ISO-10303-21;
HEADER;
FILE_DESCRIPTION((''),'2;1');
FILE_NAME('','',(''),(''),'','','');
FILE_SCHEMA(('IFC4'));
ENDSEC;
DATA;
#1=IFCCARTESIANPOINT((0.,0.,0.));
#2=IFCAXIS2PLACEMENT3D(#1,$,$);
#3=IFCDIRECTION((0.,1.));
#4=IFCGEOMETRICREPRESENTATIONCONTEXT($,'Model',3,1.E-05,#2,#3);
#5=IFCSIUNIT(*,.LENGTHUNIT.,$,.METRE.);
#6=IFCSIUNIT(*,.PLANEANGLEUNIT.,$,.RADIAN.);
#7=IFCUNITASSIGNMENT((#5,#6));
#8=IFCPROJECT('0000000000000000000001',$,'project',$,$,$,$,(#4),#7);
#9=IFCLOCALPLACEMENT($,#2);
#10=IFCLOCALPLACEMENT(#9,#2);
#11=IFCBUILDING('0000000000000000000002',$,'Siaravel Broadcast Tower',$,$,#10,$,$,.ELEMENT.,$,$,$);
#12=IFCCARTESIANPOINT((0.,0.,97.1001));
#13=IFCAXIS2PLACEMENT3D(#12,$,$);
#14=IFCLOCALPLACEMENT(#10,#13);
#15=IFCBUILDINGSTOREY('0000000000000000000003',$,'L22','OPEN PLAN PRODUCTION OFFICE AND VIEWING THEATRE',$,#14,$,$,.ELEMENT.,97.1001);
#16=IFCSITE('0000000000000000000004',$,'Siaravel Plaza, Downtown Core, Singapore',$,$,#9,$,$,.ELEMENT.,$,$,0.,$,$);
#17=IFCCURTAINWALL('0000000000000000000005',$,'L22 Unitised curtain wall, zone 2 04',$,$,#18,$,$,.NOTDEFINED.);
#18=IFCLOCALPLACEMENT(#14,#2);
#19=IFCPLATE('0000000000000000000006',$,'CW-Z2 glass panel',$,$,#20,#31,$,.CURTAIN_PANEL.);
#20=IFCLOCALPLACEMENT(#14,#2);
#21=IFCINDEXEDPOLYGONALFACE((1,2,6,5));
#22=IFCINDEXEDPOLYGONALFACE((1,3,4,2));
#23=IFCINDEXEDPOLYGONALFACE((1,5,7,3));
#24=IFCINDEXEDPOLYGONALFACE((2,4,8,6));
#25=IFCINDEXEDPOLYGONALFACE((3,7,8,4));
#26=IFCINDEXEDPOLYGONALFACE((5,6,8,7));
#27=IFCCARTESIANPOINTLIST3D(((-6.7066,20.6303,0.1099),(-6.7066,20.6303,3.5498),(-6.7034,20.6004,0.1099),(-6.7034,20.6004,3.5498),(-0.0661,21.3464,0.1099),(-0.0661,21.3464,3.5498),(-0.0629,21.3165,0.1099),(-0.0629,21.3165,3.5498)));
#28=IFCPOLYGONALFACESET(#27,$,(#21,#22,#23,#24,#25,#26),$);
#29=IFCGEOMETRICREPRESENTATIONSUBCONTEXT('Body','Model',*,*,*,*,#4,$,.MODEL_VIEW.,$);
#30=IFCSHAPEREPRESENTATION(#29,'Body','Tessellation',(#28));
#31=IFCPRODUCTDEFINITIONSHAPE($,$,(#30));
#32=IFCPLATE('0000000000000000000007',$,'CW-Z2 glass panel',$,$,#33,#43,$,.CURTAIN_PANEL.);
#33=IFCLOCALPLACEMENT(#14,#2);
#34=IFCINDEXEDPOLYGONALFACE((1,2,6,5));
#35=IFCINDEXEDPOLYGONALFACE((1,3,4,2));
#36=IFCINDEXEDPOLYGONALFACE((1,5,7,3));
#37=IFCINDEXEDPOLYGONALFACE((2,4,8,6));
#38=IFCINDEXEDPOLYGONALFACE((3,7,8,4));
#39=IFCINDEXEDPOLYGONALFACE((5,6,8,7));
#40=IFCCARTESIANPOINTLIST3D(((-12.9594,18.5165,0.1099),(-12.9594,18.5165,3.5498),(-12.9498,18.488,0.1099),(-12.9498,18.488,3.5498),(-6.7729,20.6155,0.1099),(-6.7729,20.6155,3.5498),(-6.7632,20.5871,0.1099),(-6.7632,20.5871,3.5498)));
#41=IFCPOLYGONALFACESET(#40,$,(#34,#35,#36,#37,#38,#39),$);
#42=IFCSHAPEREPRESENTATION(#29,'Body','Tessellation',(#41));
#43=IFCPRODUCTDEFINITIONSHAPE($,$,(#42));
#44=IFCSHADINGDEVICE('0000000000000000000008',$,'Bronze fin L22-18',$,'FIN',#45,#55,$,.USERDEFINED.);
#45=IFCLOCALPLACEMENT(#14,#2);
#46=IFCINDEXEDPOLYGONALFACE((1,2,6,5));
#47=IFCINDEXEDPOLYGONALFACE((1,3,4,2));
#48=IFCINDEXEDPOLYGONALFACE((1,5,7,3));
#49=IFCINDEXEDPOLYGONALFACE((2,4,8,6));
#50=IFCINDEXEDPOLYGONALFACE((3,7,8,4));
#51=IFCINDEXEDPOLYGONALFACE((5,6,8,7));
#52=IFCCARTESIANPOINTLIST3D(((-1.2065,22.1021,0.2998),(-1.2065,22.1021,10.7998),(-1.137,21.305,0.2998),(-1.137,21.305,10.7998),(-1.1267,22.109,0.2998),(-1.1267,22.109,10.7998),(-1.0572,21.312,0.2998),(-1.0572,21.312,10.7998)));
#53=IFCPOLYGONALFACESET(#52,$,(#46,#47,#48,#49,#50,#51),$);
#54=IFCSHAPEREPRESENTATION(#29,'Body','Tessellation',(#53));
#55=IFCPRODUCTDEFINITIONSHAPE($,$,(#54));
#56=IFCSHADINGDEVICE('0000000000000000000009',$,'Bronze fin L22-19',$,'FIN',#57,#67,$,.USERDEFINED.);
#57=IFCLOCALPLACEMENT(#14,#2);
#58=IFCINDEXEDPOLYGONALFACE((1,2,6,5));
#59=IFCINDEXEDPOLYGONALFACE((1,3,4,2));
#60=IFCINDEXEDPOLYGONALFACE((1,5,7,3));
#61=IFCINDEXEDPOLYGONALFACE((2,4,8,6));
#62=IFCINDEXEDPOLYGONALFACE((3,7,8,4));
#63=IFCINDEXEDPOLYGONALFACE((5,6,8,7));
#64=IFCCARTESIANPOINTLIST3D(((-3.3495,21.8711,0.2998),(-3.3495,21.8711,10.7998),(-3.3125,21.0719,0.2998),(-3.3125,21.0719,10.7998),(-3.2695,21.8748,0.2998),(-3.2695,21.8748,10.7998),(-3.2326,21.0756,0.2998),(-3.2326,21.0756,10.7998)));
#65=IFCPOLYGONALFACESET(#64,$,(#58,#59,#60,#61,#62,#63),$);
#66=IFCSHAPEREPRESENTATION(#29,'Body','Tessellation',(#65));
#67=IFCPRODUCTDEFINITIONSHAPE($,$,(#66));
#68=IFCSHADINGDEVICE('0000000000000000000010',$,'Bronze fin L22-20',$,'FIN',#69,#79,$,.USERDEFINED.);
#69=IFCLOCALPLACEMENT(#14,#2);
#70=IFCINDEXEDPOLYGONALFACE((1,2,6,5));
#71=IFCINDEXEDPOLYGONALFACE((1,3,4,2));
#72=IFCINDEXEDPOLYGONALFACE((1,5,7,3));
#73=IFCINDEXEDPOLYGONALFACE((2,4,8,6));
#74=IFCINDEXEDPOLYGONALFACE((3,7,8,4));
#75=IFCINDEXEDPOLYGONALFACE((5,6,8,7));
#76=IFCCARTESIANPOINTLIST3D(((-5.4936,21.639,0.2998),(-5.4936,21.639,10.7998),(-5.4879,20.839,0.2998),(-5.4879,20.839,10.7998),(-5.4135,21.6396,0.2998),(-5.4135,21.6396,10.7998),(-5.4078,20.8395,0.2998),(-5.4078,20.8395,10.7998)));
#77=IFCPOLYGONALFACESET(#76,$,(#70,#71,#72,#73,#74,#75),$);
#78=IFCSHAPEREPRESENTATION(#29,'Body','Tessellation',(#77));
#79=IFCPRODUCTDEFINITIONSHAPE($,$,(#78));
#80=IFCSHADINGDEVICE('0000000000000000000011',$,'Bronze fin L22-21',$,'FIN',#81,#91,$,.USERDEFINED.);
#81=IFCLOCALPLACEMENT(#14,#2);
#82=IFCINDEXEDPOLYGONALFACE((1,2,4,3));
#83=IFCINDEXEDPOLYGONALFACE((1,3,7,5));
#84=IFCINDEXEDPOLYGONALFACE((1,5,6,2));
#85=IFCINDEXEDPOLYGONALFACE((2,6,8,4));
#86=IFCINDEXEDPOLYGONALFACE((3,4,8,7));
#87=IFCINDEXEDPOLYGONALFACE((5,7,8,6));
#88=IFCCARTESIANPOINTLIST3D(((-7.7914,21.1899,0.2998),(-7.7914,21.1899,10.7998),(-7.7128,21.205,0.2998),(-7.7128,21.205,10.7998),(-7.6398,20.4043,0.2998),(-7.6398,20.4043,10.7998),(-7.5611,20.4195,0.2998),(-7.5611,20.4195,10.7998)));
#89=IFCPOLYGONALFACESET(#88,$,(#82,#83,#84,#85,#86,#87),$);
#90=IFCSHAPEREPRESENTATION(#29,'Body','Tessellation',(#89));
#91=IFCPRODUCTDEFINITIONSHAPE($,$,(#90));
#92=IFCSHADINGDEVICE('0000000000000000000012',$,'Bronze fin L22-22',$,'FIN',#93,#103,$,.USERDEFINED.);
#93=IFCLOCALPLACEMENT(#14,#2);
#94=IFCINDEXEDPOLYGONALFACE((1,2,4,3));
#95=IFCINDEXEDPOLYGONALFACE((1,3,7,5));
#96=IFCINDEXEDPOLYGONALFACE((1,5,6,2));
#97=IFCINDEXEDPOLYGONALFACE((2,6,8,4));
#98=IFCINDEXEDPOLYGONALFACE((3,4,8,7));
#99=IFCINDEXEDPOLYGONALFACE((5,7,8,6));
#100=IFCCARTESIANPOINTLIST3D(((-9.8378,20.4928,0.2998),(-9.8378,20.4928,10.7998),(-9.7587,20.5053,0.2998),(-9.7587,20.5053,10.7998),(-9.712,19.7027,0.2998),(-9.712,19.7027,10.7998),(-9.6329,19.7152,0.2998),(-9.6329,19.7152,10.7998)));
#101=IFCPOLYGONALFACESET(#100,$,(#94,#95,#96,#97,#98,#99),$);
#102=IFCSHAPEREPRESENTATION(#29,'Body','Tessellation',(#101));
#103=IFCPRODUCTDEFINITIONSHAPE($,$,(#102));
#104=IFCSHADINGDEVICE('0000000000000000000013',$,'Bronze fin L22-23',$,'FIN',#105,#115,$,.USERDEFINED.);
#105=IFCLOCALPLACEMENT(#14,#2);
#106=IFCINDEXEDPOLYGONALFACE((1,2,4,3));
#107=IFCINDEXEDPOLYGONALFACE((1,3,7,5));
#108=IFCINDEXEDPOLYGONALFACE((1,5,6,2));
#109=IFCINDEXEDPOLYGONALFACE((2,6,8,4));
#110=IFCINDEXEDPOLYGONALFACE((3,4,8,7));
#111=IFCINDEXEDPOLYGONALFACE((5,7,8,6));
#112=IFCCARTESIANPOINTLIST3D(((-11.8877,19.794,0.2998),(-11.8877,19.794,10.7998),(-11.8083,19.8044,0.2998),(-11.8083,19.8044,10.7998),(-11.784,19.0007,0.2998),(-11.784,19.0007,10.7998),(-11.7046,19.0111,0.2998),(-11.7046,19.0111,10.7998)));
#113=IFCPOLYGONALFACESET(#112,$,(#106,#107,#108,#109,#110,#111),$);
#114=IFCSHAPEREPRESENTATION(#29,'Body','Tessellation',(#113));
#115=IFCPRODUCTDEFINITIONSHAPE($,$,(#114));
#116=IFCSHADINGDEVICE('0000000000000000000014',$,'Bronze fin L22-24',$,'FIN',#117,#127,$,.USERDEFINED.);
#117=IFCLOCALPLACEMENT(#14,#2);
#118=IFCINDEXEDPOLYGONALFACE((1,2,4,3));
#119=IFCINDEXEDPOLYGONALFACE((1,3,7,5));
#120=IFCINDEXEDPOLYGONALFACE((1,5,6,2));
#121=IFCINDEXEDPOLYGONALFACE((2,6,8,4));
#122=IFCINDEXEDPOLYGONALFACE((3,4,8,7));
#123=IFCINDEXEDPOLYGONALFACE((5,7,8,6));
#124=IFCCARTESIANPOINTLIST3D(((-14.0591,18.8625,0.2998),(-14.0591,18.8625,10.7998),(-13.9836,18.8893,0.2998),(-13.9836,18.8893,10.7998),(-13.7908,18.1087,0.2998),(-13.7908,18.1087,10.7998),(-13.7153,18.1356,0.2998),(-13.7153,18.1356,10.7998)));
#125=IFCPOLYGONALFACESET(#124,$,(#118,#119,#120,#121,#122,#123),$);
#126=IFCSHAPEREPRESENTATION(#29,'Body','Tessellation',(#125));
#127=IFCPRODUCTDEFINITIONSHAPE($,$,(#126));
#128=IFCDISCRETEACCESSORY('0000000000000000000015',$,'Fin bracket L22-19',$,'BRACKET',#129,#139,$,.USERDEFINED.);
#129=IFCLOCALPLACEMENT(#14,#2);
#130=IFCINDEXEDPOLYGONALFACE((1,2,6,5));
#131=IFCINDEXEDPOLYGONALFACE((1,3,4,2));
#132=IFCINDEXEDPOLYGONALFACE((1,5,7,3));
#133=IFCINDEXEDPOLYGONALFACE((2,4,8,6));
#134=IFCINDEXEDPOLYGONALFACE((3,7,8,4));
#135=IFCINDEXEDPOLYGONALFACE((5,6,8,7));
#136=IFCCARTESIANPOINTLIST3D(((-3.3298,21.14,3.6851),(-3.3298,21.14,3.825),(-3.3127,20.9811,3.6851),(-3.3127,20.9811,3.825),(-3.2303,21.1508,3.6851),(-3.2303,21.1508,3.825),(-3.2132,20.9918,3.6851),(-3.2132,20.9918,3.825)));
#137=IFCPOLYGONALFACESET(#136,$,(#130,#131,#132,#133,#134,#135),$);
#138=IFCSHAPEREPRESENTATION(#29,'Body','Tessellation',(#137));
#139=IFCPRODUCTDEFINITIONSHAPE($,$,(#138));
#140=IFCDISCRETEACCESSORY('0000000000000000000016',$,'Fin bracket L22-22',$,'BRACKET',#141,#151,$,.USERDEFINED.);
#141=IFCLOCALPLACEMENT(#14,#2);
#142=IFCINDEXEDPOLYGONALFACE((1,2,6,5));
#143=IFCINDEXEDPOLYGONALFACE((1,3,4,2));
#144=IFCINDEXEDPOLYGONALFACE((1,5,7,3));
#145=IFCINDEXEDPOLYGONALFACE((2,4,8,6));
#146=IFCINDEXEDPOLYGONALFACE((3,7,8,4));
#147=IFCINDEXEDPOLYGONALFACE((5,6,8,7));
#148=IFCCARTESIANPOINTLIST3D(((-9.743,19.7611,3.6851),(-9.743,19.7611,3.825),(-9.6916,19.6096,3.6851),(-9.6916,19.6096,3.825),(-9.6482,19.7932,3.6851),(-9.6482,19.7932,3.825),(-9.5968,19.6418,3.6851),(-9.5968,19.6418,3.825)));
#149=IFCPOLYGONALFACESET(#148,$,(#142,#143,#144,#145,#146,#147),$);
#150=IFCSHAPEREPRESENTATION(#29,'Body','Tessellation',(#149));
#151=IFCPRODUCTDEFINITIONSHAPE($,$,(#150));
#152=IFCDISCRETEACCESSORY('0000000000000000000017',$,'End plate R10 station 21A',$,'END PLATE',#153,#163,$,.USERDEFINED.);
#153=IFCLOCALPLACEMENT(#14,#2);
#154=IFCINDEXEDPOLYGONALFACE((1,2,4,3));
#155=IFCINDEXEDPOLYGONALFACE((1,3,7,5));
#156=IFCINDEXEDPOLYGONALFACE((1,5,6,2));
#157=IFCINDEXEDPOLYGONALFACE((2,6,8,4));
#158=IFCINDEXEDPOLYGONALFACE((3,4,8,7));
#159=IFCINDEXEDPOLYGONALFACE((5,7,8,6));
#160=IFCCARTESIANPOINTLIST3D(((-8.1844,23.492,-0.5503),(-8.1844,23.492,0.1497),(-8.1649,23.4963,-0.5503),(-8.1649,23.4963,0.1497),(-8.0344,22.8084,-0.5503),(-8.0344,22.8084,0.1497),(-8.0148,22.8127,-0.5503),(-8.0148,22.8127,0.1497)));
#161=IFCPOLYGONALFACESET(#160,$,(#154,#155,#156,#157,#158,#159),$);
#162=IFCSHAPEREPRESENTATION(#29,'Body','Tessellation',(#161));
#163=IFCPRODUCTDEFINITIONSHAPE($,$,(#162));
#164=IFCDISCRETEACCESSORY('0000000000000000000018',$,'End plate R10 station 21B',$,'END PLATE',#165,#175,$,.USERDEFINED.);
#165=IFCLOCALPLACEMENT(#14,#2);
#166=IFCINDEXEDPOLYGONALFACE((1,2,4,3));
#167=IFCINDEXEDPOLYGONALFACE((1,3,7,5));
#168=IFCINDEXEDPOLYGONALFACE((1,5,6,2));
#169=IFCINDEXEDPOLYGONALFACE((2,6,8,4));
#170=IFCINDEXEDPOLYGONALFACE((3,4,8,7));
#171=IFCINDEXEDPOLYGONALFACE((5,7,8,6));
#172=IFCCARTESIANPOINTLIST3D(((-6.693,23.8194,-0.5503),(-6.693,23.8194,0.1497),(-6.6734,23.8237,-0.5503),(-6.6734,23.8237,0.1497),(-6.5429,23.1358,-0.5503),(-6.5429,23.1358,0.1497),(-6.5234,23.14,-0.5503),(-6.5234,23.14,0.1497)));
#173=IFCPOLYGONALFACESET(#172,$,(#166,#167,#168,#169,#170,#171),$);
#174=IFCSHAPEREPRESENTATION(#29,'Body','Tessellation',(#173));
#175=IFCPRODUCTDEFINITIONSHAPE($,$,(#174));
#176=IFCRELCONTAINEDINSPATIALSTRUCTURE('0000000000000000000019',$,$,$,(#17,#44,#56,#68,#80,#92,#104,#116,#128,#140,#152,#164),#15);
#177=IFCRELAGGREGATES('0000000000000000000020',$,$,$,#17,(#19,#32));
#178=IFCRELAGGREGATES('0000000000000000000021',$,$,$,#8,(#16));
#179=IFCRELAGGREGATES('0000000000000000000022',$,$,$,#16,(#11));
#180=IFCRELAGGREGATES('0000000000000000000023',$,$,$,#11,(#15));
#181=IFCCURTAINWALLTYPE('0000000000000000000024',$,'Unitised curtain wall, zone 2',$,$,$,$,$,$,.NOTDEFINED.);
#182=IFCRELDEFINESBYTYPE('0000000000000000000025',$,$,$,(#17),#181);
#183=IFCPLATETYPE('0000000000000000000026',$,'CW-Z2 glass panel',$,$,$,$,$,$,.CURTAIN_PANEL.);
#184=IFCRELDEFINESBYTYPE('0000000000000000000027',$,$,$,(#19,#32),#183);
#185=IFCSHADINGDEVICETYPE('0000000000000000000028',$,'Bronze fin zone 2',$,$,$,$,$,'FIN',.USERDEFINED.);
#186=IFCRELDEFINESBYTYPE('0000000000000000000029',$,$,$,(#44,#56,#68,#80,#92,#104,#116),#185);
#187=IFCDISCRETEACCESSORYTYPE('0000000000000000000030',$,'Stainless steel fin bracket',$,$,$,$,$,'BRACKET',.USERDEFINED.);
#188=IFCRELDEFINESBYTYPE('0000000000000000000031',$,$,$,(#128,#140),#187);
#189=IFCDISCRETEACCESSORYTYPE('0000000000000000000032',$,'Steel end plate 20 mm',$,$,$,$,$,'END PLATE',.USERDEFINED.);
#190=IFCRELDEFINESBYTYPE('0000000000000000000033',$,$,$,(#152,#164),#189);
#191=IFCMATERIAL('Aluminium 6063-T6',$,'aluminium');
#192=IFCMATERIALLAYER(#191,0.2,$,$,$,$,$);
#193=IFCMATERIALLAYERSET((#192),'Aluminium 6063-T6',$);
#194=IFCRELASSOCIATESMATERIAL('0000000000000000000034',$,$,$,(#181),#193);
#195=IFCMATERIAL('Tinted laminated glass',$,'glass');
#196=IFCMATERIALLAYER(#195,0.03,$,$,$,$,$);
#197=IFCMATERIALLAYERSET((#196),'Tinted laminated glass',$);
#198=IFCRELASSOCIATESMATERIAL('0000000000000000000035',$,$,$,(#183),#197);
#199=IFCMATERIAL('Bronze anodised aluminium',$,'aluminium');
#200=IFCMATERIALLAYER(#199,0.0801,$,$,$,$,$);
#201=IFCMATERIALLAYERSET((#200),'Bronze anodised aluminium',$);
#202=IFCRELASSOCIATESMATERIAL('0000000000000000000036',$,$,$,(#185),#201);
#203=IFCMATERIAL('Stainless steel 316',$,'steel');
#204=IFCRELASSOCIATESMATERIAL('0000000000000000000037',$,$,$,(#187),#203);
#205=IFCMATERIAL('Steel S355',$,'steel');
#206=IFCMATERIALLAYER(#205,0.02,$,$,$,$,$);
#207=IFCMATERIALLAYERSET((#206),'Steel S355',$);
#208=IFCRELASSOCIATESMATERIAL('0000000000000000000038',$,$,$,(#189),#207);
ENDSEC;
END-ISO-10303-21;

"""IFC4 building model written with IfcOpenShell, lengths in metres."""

from ifc_helpers import new_model, si_unit, direction, frame, origin, origin_2d, place, context, subcontext, project, spatial, rectangle, extrude, material, layer, layer_set, type_object, element, aggregate, save


model = new_model("IFC4")

# Units and contexts
model_context = context("Model", 3, precision=1e-05, world=origin(), true_north=direction((0.0, 1.0)))
body_context = subcontext(model_context, "Body", "Model", "MODEL_VIEW")
ifc_project = project(units=[si_unit("LENGTHUNIT", "METRE"), si_unit("PLANEANGLEUNIT", "RADIAN")], contexts=[model_context])

# Site, building, storey
site_placement = place(None, origin())
site = spatial("IfcSite", under=ifc_project, at=site_placement, Name="Siaravel Plaza, Downtown Core, Singapore", CompositionType="ELEMENT", RefElevation=0.0)
building_placement = place(site_placement, origin())
building = spatial("IfcBuilding", under=site, at=building_placement, Name="Siaravel Broadcast Tower", CompositionType="ELEMENT")
storey_placement = place(building_placement, frame((0.0, 0.0, 97.1001)))
storey = spatial("IfcBuildingStorey", under=building, at=storey_placement, Name="L22", Description="OPEN PLAN PRODUCTION OFFICE AND VIEWING THEATRE", CompositionType="ELEMENT", Elevation=97.1001)

# Shared definitions
ifc_material_1 = material(Name="Steel S355", Category="steel")

# Curtain wall
ifc_material_2 = material(Name="Aluminium 6063-T6", Category="aluminium")
ifc_layer_1 = layer(ifc_material_2, 0.2)
ifc_layer_set_1 = layer_set([ifc_layer_1], Name="Aluminium 6063-T6")
curtain_wall_type = type_object("IfcCurtainWallType", Name="Unitised curtain wall, zone 2", PredefinedType="NOTDEFINED", material=ifc_layer_set_1)
curtain_wall_placement = place(storey_placement, origin())
curtain_wall = element("IfcCurtainWall", 1, at=curtain_wall_placement, inside=storey, type_object=curtain_wall_type, Name="L22 Unitised curtain wall, zone 2 04", PredefinedType="NOTDEFINED")

# Plates
ifc_material_3 = material(Name="Tinted laminated glass", Category="glass")
ifc_layer_2 = layer(ifc_material_3, 0.03)
ifc_layer_set_2 = layer_set([ifc_layer_2], Name="Tinted laminated glass")
plate_type = type_object("IfcPlateType", Name="CW-Z2 glass panel", PredefinedType="CURTAIN_PANEL", material=ifc_layer_set_2)
plate_1_placement = place(storey_placement, frame((-3.3848, 20.9734, 0.1099), z_axis=(0.0, 0.0, 1.0), x_axis=(-0.994236, -0.107217, 0.0)))
plate_1 = element("IfcPlate", 2, at=plate_1_placement, type_object=plate_type, Name="CW-Z2 glass panel", PredefinedType="CURTAIN_PANEL", context=body_context, shape_type="SweptSolid", body=[
    extrude(rectangle(XDim=6.679, YDim=0.03, at=origin_2d()), origin(), (0.0, 0.0, 1.0), 3.4399),
])
plate_2_placement = place(storey_placement, frame((-9.8613, 19.5518, 0.1099), z_axis=(0.0, 0.0, 1.0), x_axis=(-0.946977, -0.3213, 0.0)))
plate_2 = element("IfcPlate", 3, at=plate_2_placement, type_object=plate_type, Name="CW-Z2 glass panel", PredefinedType="CURTAIN_PANEL", context=body_context, shape_type="SweptSolid", body=[
    extrude(rectangle(XDim=6.533, YDim=0.03, at=origin_2d()), origin(), (0.0, 0.0, 1.0), 3.4399),
])
aggregate(curtain_wall, [plate_1, plate_2])

# Shading devices
ifc_material_4 = material(Name="Bronze anodised aluminium", Category="aluminium")
ifc_layer_3 = layer(ifc_material_4, 0.0801)
ifc_layer_set_3 = layer_set([ifc_layer_3], Name="Bronze anodised aluminium")
shading_device_type = type_object("IfcShadingDeviceType", Name="Bronze fin zone 2", ElementType="FIN", PredefinedType="USERDEFINED", material=ifc_layer_set_3)
for number, where, z_axis, x_axis, name in (
    (4, (-1.1318, 21.707, 0.2998), (0.0, 0.0, 1.0), (-0.086834, 0.996223, 0.0), "Bronze fin L22-18"),
    (5, (-3.291, 21.4734, 0.2998), (0.0, 0.0, 1.0), (-0.046162, 0.998934, 0.0), "Bronze fin L22-19"),
    (6, (-5.4507, 21.2393, 0.2998), (0.0, 0.0, 1.0), (-0.00714, 0.999975, 0.0), "Bronze fin L22-20"),
    (7, (-7.6763, 20.8047, 0.2998), (0.0, 0.0, 1.0), (-0.189543, 0.981872, 0.0), "Bronze fin L22-21"),
    (8, (-9.7354, 20.104, 0.2998), (0.0, 0.0, 1.0), (-0.157167, 0.987572, 0.0), "Bronze fin L22-22"),
    (9, (-11.7961, 19.4026, 0.2998), (0.0, 0.0, 1.0), (-0.129597, 0.991567, 0.0), "Bronze fin L22-23"),
    (10, (-13.8872, 18.499, 0.2998), (0.0, 0.0, 1.0), (-0.335327, 0.942102, 0.0), "Bronze fin L22-24"),
):
    element("IfcShadingDevice", number, at=place(storey_placement, frame(where, z_axis=z_axis, x_axis=x_axis)), inside=storey, type_object=shading_device_type, Name=name, ObjectType="FIN", PredefinedType="USERDEFINED", context=body_context, shape_type="SweptSolid", body=[
        extrude(rectangle(XDim=0.8, YDim=0.0801, at=origin_2d()), origin(), (0.0, 0.0, 1.0), 10.5),
    ])

# Discrete accessories
ifc_material_5 = material(Name="Stainless steel 316", Category="steel")
discrete_accessory_type_1 = type_object("IfcDiscreteAccessoryType", Name="Stainless steel fin bracket", ElementType="BRACKET", PredefinedType="USERDEFINED", material=ifc_material_5)
for number, where, z_axis, x_axis, name in (
    (11, (-3.2715, 21.0659, 3.6851), (0.0, 0.0, 1.0), (-0.107217, 0.994236, 0.0), "Fin bracket L22-19"),
    (12, (-9.6699, 19.7014, 3.6851), (0.0, 0.0, 1.0), (-0.321301, 0.946977, 0.0), "Fin bracket L22-22"),
):
    element("IfcDiscreteAccessory", number, at=place(storey_placement, frame(where, z_axis=z_axis, x_axis=x_axis)), inside=storey, type_object=discrete_accessory_type_1, Name=name, ObjectType="BRACKET", PredefinedType="USERDEFINED", context=body_context, shape_type="SweptSolid", body=[
        extrude(rectangle(XDim=0.1599, YDim=0.1001, at=origin_2d()), origin(), (0.0, 0.0, 1.0), 0.1399),
    ])
ifc_layer_4 = layer(ifc_material_1, 0.02)
ifc_layer_set_4 = layer_set([ifc_layer_4], Name="Steel S355")
discrete_accessory_type_2 = type_object("IfcDiscreteAccessoryType", Name="Steel end plate 20 mm", ElementType="END PLATE", PredefinedType="USERDEFINED", material=ifc_layer_set_4)
for number, where, z_axis, x_axis, name in (
    (13, (-8.0996, 23.1523, -0.5503), (0.0, 0.0, 1.0), (-0.976751, -0.214377, 0.0), "End plate R10 station 21A"),
    (14, (-6.6082, 23.4797, -0.5503), (0.0, 0.0, 1.0), (-0.976751, -0.214377, 0.0), "End plate R10 station 21B"),
):
    element("IfcDiscreteAccessory", number, at=place(storey_placement, frame(where, z_axis=z_axis, x_axis=x_axis)), inside=storey, type_object=discrete_accessory_type_2, Name=name, ObjectType="END PLATE", PredefinedType="USERDEFINED", context=body_context, shape_type="SweptSolid", body=[
        extrude(rectangle(XDim=0.02, YDim=0.7, at=origin_2d()), origin(), (0.0, 0.0, 1.0), 0.7),
    ])

save(model, "model.ifc")
